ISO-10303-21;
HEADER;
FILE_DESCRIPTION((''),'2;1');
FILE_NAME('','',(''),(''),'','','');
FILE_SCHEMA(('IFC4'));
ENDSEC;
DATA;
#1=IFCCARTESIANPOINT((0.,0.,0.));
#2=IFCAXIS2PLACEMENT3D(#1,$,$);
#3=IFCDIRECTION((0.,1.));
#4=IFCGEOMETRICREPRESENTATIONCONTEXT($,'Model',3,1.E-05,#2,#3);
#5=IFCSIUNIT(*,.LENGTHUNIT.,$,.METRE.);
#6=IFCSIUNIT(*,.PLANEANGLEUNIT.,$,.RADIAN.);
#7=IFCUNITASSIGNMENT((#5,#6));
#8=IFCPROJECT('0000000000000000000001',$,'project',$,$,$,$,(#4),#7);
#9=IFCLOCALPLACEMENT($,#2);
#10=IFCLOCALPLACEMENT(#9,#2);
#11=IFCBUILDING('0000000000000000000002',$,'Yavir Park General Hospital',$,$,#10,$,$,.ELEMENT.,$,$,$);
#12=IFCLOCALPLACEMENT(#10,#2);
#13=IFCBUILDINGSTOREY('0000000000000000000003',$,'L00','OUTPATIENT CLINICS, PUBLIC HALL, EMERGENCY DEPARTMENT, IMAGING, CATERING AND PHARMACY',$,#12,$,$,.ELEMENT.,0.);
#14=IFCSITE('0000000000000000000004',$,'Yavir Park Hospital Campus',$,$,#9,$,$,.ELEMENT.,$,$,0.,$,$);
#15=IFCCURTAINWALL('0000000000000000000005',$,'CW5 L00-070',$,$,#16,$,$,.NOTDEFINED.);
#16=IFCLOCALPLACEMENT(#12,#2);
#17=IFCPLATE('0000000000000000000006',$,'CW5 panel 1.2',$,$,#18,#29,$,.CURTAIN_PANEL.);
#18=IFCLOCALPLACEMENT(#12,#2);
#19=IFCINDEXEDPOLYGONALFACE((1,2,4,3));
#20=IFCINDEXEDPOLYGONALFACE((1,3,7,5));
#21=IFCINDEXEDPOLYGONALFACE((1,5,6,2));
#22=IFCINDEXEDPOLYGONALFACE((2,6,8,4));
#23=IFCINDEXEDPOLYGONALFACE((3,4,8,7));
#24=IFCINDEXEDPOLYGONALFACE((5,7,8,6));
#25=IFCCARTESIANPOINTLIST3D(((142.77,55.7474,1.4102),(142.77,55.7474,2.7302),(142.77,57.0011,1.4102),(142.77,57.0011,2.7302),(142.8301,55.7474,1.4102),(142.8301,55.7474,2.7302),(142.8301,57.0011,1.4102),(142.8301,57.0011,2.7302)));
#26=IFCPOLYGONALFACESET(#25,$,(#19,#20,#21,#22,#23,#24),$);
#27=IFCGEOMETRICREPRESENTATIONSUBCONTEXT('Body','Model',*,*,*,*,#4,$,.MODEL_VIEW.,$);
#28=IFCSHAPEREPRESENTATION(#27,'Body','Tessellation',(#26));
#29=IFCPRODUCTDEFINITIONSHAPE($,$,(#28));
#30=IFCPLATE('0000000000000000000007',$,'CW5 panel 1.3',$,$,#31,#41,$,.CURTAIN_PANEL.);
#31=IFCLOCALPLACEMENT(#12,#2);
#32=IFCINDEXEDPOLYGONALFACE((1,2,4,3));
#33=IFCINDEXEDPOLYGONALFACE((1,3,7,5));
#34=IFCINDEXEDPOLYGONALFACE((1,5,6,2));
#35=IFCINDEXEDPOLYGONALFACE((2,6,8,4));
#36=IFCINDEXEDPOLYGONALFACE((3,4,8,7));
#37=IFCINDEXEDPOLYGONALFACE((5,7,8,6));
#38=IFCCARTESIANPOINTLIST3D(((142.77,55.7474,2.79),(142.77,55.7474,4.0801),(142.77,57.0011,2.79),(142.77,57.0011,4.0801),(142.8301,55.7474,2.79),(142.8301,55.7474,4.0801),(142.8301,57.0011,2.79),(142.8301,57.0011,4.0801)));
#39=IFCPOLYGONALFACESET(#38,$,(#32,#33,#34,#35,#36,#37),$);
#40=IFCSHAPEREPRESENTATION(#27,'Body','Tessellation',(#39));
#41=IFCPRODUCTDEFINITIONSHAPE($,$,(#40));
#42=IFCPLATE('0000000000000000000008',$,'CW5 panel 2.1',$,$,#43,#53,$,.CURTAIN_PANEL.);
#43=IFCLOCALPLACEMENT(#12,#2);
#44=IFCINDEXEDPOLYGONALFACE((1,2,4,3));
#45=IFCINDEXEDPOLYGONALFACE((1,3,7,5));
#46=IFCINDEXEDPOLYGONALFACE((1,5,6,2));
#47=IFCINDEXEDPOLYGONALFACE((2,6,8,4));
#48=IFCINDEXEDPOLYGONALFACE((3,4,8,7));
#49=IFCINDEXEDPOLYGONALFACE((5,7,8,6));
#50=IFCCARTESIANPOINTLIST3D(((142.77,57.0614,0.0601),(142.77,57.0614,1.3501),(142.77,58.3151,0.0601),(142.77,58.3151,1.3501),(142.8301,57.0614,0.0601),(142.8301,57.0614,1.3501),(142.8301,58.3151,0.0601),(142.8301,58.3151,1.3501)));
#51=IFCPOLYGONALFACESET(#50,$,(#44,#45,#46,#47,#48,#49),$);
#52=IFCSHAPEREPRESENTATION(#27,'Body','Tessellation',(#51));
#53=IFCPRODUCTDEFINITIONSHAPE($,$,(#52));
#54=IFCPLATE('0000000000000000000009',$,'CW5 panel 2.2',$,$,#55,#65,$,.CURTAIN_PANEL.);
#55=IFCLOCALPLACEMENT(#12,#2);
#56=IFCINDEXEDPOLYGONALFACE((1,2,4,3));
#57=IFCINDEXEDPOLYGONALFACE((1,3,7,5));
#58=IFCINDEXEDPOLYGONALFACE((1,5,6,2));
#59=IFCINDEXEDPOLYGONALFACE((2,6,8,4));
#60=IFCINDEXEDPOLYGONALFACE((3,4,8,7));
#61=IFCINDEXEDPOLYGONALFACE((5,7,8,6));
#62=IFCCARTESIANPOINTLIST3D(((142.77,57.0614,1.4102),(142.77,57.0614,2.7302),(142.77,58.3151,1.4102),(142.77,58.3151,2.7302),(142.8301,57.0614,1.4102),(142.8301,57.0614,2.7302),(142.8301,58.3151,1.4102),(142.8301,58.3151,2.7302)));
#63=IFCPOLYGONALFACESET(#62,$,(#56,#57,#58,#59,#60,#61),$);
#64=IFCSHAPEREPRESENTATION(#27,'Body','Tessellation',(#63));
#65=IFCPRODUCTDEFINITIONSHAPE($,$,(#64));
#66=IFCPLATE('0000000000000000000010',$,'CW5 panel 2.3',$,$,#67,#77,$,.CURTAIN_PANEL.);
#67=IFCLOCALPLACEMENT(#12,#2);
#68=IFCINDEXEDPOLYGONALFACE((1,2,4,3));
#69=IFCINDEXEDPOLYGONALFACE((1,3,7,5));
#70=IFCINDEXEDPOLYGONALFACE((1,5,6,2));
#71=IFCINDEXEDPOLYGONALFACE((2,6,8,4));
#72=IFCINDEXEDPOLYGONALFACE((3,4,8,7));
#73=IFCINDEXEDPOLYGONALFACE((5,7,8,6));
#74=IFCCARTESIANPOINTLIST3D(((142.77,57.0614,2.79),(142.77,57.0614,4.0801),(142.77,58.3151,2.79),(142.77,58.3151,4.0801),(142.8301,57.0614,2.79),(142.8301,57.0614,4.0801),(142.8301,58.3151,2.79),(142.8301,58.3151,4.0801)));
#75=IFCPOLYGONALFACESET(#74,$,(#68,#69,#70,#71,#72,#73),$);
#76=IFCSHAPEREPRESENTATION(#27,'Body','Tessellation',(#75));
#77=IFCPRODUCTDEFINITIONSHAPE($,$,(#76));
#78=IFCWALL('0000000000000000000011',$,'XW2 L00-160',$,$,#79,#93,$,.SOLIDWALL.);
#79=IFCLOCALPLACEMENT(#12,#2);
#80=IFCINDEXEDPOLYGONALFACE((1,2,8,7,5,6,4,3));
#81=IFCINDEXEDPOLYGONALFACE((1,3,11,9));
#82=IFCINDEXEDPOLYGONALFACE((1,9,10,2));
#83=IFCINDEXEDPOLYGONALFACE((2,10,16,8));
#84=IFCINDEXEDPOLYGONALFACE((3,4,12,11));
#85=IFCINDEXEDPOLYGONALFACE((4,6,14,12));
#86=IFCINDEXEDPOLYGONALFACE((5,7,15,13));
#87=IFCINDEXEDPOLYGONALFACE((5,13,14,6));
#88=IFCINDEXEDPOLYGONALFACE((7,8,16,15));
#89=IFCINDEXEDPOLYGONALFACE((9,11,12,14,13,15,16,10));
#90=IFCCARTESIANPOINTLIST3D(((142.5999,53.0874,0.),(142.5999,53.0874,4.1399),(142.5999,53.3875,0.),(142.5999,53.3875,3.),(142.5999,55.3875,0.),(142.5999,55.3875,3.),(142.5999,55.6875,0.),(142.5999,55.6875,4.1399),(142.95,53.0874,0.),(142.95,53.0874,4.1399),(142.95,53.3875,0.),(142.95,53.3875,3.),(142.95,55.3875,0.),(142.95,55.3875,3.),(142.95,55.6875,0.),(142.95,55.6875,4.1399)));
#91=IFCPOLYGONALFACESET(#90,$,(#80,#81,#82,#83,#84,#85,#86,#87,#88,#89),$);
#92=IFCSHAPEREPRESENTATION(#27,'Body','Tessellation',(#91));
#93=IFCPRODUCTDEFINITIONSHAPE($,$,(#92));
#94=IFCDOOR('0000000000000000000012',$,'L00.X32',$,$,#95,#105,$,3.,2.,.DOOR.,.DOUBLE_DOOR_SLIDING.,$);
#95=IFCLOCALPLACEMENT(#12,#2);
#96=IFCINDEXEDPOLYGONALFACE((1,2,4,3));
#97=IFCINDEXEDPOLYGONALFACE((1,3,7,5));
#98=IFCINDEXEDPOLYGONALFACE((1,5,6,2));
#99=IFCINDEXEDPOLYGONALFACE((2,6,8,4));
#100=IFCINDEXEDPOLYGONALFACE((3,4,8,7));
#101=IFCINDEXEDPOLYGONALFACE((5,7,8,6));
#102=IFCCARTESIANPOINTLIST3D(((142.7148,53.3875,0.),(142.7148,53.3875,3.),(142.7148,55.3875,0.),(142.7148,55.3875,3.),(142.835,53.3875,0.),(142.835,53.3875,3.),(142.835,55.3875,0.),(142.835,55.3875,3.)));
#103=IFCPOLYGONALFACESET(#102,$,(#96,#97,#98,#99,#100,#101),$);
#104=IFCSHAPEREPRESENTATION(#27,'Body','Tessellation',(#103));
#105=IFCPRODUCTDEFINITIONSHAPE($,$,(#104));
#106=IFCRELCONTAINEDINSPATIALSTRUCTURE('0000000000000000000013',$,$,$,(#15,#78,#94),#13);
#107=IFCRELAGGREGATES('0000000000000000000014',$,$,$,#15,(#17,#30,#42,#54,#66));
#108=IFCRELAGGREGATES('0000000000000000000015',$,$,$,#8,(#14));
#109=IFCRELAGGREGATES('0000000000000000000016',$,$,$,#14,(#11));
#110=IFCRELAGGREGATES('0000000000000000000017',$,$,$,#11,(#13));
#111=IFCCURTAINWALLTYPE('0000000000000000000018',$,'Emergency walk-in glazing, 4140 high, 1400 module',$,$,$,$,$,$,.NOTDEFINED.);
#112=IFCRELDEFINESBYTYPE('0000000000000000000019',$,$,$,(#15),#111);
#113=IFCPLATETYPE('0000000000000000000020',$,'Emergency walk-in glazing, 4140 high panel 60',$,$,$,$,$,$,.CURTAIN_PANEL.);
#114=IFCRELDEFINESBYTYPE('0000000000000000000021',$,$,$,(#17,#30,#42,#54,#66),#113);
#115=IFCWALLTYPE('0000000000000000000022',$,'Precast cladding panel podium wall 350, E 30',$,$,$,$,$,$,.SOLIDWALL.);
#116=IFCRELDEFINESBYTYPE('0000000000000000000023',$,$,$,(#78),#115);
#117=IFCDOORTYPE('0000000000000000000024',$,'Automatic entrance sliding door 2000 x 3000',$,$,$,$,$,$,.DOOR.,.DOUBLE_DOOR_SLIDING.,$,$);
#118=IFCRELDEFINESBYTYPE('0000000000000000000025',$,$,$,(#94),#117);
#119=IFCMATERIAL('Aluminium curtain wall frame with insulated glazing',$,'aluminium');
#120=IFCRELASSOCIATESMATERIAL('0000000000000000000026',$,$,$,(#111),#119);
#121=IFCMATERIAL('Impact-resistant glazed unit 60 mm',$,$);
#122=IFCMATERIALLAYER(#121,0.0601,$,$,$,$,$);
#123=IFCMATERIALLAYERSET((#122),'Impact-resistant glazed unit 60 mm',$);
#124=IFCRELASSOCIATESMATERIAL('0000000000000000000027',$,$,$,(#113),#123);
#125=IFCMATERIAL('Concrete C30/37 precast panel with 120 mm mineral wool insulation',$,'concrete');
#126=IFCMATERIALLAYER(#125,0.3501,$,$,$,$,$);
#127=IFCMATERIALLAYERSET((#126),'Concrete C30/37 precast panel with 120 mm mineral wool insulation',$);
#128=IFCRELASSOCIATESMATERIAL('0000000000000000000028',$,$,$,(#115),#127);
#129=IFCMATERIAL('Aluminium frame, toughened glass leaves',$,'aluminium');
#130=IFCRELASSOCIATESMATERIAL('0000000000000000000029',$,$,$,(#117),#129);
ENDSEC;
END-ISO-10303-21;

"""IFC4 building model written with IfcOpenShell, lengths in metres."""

from ifc_helpers import new_model, si_unit, direction, frame, frame_2d, origin, origin_2d, place, context, subcontext, project, spatial, rectangle, extrude, material, layer, layer_set, type_object, element, fill, aggregate, save


model = new_model("IFC4")

# Units and contexts
model_context = context("Model", 3, precision=1e-05, world=origin(), true_north=direction((0.0, 1.0)))
body_context = subcontext(model_context, "Body", "Model", "MODEL_VIEW")
ifc_project = project(units=[si_unit("LENGTHUNIT", "METRE"), si_unit("PLANEANGLEUNIT", "RADIAN")], contexts=[model_context])

# Site, building, storey
site_placement = place(None, origin())
site = spatial("IfcSite", under=ifc_project, at=site_placement, Name="Yavir Park Hospital Campus", CompositionType="ELEMENT", RefElevation=0.0)
building_placement = place(site_placement, origin())
building = spatial("IfcBuilding", under=site, at=building_placement, Name="Yavir Park General Hospital", CompositionType="ELEMENT")
storey_placement = place(building_placement, origin())
storey = spatial("IfcBuildingStorey", under=building, at=storey_placement, Name="L00", Description="OUTPATIENT CLINICS, PUBLIC HALL, EMERGENCY DEPARTMENT, IMAGING, CATERING AND PHARMACY", CompositionType="ELEMENT", Elevation=0.0)

# Shared definitions
ifc_material_1 = material(Name="Aluminium curtain wall frame with insulated glazing", Category="aluminium")
curtain_wall_type_1 = type_object("IfcCurtainWallType", Name="Emergency walk-in glazing, 4140 high, 1400 module", PredefinedType="NOTDEFINED", material=ifc_material_1)

# Curtain wall
curtain_wall_1_placement = place(storey_placement, origin())
curtain_wall_1 = element("IfcCurtainWall", 1, at=curtain_wall_1_placement, inside=storey, type_object=curtain_wall_type_1, Name="CW5 L00-070", PredefinedType="NOTDEFINED")

# Plates
ifc_material_2 = material(Name="Impact-resistant glazed unit 60 mm")
ifc_layer_1 = layer(ifc_material_2, 0.0601)
ifc_layer_set_1 = layer_set([ifc_layer_1], Name="Impact-resistant glazed unit 60 mm")
plate_type = type_object("IfcPlateType", Name="Emergency walk-in glazing, 4140 high panel 60", PredefinedType="CURTAIN_PANEL", material=ifc_layer_set_1)
plate_1_placement = place(storey_placement, frame((142.8, 56.3743, 1.4102), z_axis=(0.0, 0.0, 1.0), x_axis=(0.0, 1.0, 0.0)))
plate_1 = element("IfcPlate", 2, at=plate_1_placement, type_object=plate_type, Name="CW5 panel 1.2", PredefinedType="CURTAIN_PANEL", context=body_context, shape_type="SweptSolid", body=[
    extrude(rectangle(XDim=1.2537, YDim=0.0601, at=origin_2d()), origin(), (0.0, 0.0, 1.0), 1.3201),
])
plate_2_placement = place(storey_placement, frame((142.8, 56.3743, 2.79), z_axis=(0.0, 0.0, 1.0), x_axis=(0.0, 1.0, 0.0)))
plate_2 = element("IfcPlate", 3, at=plate_2_placement, type_object=plate_type, Name="CW5 panel 1.3", PredefinedType="CURTAIN_PANEL", context=body_context, shape_type="SweptSolid", body=[
    extrude(rectangle(XDim=1.2537, YDim=0.0601, at=origin_2d()), origin(), (0.0, 0.0, 1.0), 1.29),
])
plate_3_placement = place(storey_placement, frame((142.8, 57.6882, 0.0601), z_axis=(0.0, 0.0, 1.0), x_axis=(0.0, 1.0, 0.0)))
plate_3 = element("IfcPlate", 4, at=plate_3_placement, type_object=plate_type, Name="CW5 panel 2.1", PredefinedType="CURTAIN_PANEL", context=body_context, shape_type="SweptSolid", body=[
    extrude(rectangle(XDim=1.2537, YDim=0.0601, at=origin_2d()), origin(), (0.0, 0.0, 1.0), 1.29),
])
plate_4_placement = place(storey_placement, frame((142.8, 57.6882, 1.4102), z_axis=(0.0, 0.0, 1.0), x_axis=(0.0, 1.0, 0.0)))
plate_4 = element("IfcPlate", 5, at=plate_4_placement, type_object=plate_type, Name="CW5 panel 2.2", PredefinedType="CURTAIN_PANEL", context=body_context, shape_type="SweptSolid", body=[
    extrude(rectangle(XDim=1.2537, YDim=0.0601, at=origin_2d()), origin(), (0.0, 0.0, 1.0), 1.3201),
])
plate_5_placement = place(storey_placement, frame((142.8, 57.6882, 2.79), z_axis=(0.0, 0.0, 1.0), x_axis=(0.0, 1.0, 0.0)))
plate_5 = element("IfcPlate", 6, at=plate_5_placement, type_object=plate_type, Name="CW5 panel 2.3", PredefinedType="CURTAIN_PANEL", context=body_context, shape_type="SweptSolid", body=[
    extrude(rectangle(XDim=1.2537, YDim=0.0601, at=origin_2d()), origin(), (0.0, 0.0, 1.0), 1.29),
])
aggregate(curtain_wall_1, [plate_1, plate_2, plate_3, plate_4, plate_5])

# Wall, opening, door
ifc_material_3 = material(Name="Concrete C30/37 precast panel with 120 mm mineral wool insulation", Category="concrete")
ifc_layer_2 = layer(ifc_material_3, 0.3501)
ifc_layer_set_2 = layer_set([ifc_layer_2], Name="Concrete C30/37 precast panel with 120 mm mineral wool insulation")
wall_type = type_object("IfcWallType", Name="Precast cladding panel podium wall 350, E 30", PredefinedType="SOLIDWALL", material=ifc_layer_set_2)
wall_placement = place(storey_placement, frame((142.7749, 53.0874, 0.0), z_axis=(0.0, 0.0, 1.0), x_axis=(0.0, 1.0, 0.0)))
wall = element("IfcWall", 7, at=wall_placement, inside=storey, type_object=wall_type, Name="XW2 L00-160", PredefinedType="SOLIDWALL", context=body_context, shape_type="SweptSolid", body=[
    extrude(rectangle(XDim=2.6001, YDim=0.3501, at=frame_2d((1.3, 0.0))), origin(), (0.0, 0.0, 1.0), 4.1399),
])
opening_placement = place(wall_placement, frame((0.3, 0.0, 0.0)))
opening = element("IfcOpeningElement", 8, at=opening_placement, cuts=wall, PredefinedType="OPENING", context=body_context, shape_type="SweptSolid", body=[
    extrude(rectangle(XDim=2.0, YDim=3.0, at=frame_2d((1.0, 1.5))), frame((0.0, 0.1851, 0.0), z_axis=(0.0, -1.0, 0.0), x_axis=(1.0, 0.0, 0.0)), (0.0, 0.0, 1.0), 0.3701),
])
ifc_material_4 = material(Name="Aluminium frame, toughened glass leaves", Category="aluminium")
door_type = type_object("IfcDoorType", Name="Automatic entrance sliding door 2000 x 3000", OperationType="DOUBLE_DOOR_SLIDING", PredefinedType="DOOR", material=ifc_material_4)
door_placement = place(opening_placement, origin())
door = element("IfcDoor", 9, at=door_placement, inside=storey, type_object=door_type, Name="L00.X32", OperationType="DOUBLE_DOOR_SLIDING", OverallHeight=3.0, OverallWidth=2.0, PredefinedType="DOOR", context=body_context, shape_type="SweptSolid", body=[
    extrude(rectangle(XDim=2.0, YDim=3.0, at=frame_2d((1.0, 1.5))), frame((0.0, 0.0601, 0.0), z_axis=(0.0, -1.0, 0.0), x_axis=(1.0, 0.0, 0.0)), (0.0, 0.0, 1.0), 0.1201),
])
fill(opening, door)

save(model, "model.ifc")
